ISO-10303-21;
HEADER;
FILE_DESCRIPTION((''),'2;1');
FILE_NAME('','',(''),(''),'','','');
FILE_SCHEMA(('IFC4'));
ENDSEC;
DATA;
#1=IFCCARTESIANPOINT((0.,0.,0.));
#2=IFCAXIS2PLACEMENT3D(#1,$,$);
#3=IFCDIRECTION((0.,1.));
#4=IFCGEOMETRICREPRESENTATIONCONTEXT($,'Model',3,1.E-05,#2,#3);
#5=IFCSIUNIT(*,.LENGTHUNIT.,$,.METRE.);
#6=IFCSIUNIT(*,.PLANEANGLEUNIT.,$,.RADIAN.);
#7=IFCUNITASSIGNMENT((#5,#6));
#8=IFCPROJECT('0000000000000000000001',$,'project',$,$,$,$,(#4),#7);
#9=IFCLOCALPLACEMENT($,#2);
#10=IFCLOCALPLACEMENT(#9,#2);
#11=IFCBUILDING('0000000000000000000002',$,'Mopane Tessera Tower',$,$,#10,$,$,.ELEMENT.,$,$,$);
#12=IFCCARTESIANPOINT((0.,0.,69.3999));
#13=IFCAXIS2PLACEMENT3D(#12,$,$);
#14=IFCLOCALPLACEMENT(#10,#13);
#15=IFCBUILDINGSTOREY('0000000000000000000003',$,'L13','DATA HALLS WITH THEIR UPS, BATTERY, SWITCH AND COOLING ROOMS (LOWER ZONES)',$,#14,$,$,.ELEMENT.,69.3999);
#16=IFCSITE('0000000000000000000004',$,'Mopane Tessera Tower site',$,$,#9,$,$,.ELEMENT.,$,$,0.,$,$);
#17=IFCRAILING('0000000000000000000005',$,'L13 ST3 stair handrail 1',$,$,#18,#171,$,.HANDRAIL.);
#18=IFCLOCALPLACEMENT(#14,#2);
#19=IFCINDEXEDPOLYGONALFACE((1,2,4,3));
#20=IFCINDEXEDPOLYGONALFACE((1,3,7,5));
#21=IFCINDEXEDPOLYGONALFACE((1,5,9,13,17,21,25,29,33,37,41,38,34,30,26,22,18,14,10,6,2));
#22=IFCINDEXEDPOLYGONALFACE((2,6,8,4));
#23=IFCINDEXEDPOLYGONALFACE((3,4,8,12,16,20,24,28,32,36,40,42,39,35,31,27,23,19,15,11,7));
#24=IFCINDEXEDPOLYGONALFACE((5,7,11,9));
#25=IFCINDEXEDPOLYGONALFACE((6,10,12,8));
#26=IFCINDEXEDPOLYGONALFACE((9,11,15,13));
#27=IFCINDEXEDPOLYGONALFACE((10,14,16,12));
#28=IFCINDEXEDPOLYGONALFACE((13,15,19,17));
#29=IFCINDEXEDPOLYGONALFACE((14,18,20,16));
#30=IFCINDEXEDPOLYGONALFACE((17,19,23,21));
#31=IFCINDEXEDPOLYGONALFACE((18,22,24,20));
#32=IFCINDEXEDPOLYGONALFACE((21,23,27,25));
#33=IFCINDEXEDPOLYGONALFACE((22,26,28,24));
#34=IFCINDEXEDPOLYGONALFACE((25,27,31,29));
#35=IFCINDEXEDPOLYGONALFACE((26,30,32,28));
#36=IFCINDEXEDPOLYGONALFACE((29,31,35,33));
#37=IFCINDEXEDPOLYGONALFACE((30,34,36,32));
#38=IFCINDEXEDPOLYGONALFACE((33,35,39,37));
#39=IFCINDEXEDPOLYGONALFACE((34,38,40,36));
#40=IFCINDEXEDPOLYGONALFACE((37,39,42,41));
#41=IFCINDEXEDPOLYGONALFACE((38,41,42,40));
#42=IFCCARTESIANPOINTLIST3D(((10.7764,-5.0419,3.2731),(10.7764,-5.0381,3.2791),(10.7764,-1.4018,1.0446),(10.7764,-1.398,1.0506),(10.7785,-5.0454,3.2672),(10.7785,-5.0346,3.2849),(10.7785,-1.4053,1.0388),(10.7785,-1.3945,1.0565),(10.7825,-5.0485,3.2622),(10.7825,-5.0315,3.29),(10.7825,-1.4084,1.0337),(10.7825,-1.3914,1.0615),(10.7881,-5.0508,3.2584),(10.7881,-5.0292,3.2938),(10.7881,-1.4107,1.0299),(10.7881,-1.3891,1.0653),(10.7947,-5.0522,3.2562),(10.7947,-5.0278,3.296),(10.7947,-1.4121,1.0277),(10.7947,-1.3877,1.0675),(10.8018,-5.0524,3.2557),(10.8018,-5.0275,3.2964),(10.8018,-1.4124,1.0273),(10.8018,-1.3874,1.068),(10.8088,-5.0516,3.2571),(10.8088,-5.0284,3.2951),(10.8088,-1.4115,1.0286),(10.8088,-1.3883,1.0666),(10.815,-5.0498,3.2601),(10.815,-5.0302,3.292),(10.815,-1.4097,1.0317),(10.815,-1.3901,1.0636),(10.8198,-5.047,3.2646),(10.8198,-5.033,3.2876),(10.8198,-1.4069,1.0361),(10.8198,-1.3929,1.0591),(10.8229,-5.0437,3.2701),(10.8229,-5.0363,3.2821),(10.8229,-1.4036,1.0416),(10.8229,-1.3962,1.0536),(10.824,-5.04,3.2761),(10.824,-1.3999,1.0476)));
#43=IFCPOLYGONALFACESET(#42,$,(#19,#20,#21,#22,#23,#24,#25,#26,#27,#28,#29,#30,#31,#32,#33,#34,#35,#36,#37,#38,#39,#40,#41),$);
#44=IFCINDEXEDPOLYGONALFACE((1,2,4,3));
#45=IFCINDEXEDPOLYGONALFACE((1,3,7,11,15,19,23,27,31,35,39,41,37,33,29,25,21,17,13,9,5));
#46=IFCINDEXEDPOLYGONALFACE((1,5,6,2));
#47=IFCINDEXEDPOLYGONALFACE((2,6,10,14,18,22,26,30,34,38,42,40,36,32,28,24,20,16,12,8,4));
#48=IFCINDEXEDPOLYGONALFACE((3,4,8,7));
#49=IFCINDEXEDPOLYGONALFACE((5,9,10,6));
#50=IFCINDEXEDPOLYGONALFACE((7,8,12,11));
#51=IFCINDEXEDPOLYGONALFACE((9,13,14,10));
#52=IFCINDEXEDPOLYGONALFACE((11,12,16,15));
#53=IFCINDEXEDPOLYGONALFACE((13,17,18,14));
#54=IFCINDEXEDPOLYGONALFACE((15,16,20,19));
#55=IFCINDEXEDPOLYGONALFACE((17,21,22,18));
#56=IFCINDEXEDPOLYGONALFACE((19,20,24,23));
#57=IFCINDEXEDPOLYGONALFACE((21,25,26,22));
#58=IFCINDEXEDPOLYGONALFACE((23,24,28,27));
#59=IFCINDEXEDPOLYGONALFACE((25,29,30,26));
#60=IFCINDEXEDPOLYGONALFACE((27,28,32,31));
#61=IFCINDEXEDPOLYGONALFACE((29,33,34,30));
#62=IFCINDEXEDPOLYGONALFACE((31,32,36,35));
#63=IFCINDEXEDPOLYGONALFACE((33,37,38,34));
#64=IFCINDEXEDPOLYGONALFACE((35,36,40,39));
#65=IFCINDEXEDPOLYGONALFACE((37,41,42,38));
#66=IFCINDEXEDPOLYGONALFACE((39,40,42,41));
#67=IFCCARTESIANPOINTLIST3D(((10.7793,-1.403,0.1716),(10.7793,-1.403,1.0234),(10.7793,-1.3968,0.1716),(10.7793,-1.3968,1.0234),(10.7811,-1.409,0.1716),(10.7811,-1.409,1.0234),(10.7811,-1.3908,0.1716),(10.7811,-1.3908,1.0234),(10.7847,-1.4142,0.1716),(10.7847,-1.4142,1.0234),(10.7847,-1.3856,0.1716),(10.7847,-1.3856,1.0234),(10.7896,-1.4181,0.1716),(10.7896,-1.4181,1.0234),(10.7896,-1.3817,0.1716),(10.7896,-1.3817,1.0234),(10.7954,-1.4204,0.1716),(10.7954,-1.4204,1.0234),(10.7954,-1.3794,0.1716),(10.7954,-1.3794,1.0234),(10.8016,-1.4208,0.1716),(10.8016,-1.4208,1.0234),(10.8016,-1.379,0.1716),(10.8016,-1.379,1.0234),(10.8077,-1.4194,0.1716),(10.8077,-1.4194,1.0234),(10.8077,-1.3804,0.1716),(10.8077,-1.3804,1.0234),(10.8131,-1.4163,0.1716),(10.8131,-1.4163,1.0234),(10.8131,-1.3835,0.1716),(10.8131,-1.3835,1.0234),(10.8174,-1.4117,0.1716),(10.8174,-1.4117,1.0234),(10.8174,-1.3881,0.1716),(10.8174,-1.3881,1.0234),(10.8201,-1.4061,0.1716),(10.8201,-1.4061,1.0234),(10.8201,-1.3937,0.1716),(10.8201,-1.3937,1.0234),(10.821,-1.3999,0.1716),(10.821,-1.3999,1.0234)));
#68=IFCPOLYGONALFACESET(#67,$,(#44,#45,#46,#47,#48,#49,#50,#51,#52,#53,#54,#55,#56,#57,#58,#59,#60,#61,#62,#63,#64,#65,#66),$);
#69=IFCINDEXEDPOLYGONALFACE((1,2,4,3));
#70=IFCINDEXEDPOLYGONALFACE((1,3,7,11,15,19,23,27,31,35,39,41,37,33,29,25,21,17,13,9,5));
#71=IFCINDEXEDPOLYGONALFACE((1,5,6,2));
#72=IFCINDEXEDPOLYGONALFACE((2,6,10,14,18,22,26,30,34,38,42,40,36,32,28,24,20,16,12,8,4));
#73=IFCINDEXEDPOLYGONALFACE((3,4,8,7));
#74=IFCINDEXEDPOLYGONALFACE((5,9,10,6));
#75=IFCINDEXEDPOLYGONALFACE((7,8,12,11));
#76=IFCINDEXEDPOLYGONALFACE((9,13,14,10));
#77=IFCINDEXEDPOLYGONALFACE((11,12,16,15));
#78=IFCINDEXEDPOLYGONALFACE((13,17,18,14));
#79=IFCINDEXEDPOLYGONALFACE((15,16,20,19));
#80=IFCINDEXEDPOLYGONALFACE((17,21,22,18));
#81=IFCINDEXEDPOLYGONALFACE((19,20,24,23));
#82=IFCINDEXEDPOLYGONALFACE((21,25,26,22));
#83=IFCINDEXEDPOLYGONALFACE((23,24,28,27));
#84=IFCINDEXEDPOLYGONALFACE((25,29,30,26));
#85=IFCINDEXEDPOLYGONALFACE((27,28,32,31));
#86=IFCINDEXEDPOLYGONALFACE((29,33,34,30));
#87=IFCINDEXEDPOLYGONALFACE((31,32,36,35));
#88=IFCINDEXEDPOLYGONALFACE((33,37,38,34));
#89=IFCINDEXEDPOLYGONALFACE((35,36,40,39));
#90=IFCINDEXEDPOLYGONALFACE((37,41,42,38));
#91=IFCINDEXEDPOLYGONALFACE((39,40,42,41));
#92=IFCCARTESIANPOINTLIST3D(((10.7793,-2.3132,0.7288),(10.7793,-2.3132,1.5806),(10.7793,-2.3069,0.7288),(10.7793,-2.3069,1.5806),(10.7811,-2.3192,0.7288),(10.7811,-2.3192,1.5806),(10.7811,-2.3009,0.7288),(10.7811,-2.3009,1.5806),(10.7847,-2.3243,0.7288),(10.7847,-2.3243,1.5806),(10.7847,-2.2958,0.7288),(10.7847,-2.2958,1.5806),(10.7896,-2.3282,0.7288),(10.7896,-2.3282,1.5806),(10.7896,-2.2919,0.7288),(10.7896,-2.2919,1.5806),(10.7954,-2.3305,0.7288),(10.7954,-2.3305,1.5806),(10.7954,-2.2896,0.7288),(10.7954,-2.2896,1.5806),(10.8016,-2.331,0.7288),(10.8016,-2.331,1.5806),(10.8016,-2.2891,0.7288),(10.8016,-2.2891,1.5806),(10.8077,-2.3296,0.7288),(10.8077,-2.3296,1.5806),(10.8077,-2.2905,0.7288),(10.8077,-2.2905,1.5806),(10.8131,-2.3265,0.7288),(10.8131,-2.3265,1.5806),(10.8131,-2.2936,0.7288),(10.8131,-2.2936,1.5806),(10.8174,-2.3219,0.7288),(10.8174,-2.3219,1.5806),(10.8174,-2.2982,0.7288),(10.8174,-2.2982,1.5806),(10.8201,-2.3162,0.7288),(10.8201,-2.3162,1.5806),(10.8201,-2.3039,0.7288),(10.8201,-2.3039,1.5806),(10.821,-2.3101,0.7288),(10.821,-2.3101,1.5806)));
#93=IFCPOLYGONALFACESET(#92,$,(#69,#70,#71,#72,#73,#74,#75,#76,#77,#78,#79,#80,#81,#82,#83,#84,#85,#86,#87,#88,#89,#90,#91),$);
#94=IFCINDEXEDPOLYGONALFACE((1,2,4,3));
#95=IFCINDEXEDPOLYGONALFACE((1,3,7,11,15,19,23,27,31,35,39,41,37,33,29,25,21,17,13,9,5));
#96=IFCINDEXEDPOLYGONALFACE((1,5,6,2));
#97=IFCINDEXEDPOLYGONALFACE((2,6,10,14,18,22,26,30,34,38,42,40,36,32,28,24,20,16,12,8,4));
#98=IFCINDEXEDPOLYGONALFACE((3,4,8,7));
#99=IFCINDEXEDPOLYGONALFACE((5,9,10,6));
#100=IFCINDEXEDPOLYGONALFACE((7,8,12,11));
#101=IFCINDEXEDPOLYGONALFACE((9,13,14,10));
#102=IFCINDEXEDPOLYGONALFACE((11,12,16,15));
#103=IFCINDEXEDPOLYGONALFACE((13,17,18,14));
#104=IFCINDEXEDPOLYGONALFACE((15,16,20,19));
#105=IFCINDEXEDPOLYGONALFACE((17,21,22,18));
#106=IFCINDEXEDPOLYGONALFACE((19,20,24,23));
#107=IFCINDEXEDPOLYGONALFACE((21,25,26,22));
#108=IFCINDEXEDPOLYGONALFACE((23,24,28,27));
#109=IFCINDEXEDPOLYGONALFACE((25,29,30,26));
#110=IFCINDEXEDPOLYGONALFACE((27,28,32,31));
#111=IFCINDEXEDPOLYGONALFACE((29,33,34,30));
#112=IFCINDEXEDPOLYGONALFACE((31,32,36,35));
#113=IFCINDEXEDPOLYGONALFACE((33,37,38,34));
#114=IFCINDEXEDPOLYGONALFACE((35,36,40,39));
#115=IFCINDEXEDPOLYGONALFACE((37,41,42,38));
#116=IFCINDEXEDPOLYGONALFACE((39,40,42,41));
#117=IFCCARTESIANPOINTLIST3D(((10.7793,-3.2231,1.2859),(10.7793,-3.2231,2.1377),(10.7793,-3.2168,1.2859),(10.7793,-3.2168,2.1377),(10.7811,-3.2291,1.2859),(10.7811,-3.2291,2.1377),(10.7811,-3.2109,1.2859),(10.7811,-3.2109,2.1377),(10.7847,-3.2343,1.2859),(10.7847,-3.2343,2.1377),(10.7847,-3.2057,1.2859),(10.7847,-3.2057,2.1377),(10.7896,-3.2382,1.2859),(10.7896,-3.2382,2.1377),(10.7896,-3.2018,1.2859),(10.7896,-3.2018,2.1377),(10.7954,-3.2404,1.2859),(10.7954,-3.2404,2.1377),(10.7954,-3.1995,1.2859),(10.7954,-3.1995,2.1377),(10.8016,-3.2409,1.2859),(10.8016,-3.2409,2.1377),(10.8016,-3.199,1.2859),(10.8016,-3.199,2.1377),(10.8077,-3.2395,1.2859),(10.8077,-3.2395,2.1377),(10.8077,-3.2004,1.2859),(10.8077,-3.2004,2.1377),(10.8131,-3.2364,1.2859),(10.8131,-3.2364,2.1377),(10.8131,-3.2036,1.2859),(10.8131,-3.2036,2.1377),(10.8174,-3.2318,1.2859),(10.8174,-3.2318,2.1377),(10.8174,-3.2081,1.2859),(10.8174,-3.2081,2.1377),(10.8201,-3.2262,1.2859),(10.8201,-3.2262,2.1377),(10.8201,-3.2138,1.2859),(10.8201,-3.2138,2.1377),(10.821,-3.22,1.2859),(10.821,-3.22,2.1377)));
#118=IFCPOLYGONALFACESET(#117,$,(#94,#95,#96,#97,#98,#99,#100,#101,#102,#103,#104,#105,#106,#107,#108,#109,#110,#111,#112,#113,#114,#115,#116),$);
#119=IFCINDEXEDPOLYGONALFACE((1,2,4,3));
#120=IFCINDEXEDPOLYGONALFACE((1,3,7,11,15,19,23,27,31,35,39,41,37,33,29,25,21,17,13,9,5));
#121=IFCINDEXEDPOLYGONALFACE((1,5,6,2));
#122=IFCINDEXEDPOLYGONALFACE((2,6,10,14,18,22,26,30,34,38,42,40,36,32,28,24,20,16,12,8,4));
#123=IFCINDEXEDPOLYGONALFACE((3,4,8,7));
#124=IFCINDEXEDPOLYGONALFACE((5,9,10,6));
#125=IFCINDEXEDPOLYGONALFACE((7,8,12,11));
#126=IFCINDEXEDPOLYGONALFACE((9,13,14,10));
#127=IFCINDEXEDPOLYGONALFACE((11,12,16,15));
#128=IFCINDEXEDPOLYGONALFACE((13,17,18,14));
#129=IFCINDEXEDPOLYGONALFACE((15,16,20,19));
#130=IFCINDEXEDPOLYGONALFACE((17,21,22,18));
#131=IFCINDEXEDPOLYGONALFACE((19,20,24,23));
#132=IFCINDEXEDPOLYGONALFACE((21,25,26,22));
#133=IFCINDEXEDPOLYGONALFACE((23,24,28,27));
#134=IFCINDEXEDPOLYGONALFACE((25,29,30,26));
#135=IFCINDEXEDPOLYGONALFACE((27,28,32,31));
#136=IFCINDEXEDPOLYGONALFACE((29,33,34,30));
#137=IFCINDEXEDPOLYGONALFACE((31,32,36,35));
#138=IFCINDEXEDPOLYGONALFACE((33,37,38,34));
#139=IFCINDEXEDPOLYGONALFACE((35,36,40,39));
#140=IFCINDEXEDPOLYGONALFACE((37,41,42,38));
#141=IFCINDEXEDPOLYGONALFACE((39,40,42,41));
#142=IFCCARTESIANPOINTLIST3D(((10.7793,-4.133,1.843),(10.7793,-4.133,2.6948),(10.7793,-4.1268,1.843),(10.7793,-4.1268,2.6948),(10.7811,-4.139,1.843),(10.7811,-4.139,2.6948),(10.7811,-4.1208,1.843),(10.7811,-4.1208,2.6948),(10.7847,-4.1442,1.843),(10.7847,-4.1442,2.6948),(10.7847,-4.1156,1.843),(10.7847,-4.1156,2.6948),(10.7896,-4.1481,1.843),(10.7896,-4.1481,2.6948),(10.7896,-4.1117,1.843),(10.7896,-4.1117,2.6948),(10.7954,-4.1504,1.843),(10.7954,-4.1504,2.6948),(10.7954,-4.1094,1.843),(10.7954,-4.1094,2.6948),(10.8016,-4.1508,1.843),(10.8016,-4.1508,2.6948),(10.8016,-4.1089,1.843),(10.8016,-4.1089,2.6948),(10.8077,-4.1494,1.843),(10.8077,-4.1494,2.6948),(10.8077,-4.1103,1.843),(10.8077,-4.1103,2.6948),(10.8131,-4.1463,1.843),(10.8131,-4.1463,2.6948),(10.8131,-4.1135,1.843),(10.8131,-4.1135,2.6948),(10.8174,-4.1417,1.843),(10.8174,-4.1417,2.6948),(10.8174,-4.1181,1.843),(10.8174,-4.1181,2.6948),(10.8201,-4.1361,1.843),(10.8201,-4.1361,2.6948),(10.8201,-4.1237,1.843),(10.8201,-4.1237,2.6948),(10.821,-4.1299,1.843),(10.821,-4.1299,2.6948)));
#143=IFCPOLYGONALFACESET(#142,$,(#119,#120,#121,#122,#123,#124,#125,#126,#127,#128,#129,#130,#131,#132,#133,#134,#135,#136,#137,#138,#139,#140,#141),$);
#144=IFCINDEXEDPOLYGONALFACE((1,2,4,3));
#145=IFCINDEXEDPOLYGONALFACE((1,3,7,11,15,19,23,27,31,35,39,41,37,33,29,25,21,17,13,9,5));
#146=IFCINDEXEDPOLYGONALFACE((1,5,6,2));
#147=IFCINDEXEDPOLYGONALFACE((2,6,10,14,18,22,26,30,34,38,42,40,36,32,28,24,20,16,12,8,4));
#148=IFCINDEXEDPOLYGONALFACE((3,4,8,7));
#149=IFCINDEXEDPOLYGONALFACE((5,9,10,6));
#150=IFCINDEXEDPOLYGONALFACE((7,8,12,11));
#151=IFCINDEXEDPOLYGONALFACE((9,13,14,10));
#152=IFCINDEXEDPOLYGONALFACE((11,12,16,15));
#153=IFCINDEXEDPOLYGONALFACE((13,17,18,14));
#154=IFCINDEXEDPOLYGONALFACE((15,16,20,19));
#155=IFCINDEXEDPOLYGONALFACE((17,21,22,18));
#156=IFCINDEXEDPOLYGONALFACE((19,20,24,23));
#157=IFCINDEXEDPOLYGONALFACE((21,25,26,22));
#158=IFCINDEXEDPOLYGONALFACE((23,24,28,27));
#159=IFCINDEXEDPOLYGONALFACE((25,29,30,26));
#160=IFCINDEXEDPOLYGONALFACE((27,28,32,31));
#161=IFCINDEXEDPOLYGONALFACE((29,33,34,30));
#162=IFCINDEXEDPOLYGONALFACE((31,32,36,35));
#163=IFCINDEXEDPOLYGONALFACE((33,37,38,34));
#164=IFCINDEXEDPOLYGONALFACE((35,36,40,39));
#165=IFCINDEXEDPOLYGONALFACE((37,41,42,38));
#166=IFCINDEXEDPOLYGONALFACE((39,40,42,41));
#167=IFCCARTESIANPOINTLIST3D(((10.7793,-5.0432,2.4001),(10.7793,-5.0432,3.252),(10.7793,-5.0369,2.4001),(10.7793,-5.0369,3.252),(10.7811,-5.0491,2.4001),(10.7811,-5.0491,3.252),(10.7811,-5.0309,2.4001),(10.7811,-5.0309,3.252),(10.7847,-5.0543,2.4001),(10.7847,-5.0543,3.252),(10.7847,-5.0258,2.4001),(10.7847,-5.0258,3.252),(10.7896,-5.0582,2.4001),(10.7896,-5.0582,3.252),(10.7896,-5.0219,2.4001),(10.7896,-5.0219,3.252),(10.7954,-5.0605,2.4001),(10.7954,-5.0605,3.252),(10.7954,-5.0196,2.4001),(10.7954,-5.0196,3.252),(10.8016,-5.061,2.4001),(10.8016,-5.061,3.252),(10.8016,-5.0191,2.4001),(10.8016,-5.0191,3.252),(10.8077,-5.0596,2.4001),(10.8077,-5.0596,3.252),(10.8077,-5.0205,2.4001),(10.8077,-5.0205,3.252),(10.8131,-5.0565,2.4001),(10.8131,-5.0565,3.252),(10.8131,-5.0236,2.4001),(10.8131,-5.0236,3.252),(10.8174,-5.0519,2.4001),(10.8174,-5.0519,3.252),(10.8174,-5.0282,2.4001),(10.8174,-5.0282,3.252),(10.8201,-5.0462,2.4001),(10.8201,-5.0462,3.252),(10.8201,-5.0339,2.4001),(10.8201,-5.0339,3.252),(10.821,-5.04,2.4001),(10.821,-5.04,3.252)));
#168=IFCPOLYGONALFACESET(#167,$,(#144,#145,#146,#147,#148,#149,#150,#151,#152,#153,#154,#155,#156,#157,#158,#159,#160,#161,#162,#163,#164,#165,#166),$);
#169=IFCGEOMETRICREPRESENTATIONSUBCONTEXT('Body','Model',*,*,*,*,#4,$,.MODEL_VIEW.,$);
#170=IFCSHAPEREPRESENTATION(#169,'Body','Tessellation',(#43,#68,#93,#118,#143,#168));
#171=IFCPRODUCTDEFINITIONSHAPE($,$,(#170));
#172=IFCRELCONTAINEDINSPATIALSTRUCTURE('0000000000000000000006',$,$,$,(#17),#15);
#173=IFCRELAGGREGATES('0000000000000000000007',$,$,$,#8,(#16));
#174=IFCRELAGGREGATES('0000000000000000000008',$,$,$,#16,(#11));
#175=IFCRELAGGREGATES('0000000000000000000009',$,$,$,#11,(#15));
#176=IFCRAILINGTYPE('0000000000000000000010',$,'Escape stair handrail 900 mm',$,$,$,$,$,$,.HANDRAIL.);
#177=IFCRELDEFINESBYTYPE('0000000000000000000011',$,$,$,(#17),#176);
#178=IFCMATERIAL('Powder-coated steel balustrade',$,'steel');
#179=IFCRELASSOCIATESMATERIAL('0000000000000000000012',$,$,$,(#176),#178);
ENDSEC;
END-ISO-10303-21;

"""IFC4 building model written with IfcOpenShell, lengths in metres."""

from ifc_helpers import new_model, si_unit, direction, frame, origin, origin_2d, place, context, subcontext, project, spatial, circle, extrude, material, type_object, element, save


model = new_model("IFC4")

# Units and contexts
model_context = context("Model", 3, precision=1e-05, world=origin(), true_north=direction((0.0, 1.0)))
body_context = subcontext(model_context, "Body", "Model", "MODEL_VIEW")
ifc_project = project(units=[si_unit("LENGTHUNIT", "METRE"), si_unit("PLANEANGLEUNIT", "RADIAN")], contexts=[model_context])

# Site, building, storey
site_placement = place(None, origin())
site = spatial("IfcSite", under=ifc_project, at=site_placement, Name="Mopane Tessera Tower site", CompositionType="ELEMENT", RefElevation=0.0)
building_placement = place(site_placement, origin())
building = spatial("IfcBuilding", under=site, at=building_placement, Name="Mopane Tessera Tower", CompositionType="ELEMENT")
storey_placement = place(building_placement, frame((0.0, 0.0, 69.3999)))
storey = spatial("IfcBuildingStorey", under=building, at=storey_placement, Name="L13", Description="DATA HALLS WITH THEIR UPS, BATTERY, SWITCH AND COOLING ROOMS (LOWER ZONES)", CompositionType="ELEMENT", Elevation=69.3999)

# Railing
ifc_material_1 = material(Name="Powder-coated steel balustrade", Category="steel")
railing_type_1 = type_object("IfcRailingType", Name="Escape stair handrail 900 mm", PredefinedType="HANDRAIL", material=ifc_material_1)
railing_1_placement = place(storey_placement, frame((10.8, -1.3999, 0.1716)))
element("IfcRailing", 1, at=railing_1_placement, inside=storey, type_object=railing_type_1, Name="L13 ST3 stair handrail 1", PredefinedType="HANDRAIL", context=body_context, shape_type="SweptSolid", body=[
    extrude(circle(Radius=0.0239, at=origin_2d()), frame((0.0, 0.0, 0.876), z_axis=(0.0, -0.852866, 0.52213), x_axis=(1.0, 0.0, 0.0)), (0.0, 0.0, 1.0), 4.2681),
    extrude(circle(Radius=0.021, at=origin_2d()), origin(), (0.0, 0.0, 1.0), 0.8518),
    extrude(circle(Radius=0.021, at=origin_2d()), frame((0.0, -0.9102, 0.5571)), (0.0, 0.0, 1.0), 0.8518),
    extrude(circle(Radius=0.021, at=origin_2d()), frame((0.0, -1.8201, 1.1143)), (0.0, 0.0, 1.0), 0.8518),
    extrude(circle(Radius=0.021, at=origin_2d()), frame((0.0, -2.73, 1.6714)), (0.0, 0.0, 1.0), 0.8518),
    extrude(circle(Radius=0.021, at=origin_2d()), frame((0.0, -3.6401, 2.2285)), (0.0, 0.0, 1.0), 0.8518),
])

save(model, "model.ifc")
